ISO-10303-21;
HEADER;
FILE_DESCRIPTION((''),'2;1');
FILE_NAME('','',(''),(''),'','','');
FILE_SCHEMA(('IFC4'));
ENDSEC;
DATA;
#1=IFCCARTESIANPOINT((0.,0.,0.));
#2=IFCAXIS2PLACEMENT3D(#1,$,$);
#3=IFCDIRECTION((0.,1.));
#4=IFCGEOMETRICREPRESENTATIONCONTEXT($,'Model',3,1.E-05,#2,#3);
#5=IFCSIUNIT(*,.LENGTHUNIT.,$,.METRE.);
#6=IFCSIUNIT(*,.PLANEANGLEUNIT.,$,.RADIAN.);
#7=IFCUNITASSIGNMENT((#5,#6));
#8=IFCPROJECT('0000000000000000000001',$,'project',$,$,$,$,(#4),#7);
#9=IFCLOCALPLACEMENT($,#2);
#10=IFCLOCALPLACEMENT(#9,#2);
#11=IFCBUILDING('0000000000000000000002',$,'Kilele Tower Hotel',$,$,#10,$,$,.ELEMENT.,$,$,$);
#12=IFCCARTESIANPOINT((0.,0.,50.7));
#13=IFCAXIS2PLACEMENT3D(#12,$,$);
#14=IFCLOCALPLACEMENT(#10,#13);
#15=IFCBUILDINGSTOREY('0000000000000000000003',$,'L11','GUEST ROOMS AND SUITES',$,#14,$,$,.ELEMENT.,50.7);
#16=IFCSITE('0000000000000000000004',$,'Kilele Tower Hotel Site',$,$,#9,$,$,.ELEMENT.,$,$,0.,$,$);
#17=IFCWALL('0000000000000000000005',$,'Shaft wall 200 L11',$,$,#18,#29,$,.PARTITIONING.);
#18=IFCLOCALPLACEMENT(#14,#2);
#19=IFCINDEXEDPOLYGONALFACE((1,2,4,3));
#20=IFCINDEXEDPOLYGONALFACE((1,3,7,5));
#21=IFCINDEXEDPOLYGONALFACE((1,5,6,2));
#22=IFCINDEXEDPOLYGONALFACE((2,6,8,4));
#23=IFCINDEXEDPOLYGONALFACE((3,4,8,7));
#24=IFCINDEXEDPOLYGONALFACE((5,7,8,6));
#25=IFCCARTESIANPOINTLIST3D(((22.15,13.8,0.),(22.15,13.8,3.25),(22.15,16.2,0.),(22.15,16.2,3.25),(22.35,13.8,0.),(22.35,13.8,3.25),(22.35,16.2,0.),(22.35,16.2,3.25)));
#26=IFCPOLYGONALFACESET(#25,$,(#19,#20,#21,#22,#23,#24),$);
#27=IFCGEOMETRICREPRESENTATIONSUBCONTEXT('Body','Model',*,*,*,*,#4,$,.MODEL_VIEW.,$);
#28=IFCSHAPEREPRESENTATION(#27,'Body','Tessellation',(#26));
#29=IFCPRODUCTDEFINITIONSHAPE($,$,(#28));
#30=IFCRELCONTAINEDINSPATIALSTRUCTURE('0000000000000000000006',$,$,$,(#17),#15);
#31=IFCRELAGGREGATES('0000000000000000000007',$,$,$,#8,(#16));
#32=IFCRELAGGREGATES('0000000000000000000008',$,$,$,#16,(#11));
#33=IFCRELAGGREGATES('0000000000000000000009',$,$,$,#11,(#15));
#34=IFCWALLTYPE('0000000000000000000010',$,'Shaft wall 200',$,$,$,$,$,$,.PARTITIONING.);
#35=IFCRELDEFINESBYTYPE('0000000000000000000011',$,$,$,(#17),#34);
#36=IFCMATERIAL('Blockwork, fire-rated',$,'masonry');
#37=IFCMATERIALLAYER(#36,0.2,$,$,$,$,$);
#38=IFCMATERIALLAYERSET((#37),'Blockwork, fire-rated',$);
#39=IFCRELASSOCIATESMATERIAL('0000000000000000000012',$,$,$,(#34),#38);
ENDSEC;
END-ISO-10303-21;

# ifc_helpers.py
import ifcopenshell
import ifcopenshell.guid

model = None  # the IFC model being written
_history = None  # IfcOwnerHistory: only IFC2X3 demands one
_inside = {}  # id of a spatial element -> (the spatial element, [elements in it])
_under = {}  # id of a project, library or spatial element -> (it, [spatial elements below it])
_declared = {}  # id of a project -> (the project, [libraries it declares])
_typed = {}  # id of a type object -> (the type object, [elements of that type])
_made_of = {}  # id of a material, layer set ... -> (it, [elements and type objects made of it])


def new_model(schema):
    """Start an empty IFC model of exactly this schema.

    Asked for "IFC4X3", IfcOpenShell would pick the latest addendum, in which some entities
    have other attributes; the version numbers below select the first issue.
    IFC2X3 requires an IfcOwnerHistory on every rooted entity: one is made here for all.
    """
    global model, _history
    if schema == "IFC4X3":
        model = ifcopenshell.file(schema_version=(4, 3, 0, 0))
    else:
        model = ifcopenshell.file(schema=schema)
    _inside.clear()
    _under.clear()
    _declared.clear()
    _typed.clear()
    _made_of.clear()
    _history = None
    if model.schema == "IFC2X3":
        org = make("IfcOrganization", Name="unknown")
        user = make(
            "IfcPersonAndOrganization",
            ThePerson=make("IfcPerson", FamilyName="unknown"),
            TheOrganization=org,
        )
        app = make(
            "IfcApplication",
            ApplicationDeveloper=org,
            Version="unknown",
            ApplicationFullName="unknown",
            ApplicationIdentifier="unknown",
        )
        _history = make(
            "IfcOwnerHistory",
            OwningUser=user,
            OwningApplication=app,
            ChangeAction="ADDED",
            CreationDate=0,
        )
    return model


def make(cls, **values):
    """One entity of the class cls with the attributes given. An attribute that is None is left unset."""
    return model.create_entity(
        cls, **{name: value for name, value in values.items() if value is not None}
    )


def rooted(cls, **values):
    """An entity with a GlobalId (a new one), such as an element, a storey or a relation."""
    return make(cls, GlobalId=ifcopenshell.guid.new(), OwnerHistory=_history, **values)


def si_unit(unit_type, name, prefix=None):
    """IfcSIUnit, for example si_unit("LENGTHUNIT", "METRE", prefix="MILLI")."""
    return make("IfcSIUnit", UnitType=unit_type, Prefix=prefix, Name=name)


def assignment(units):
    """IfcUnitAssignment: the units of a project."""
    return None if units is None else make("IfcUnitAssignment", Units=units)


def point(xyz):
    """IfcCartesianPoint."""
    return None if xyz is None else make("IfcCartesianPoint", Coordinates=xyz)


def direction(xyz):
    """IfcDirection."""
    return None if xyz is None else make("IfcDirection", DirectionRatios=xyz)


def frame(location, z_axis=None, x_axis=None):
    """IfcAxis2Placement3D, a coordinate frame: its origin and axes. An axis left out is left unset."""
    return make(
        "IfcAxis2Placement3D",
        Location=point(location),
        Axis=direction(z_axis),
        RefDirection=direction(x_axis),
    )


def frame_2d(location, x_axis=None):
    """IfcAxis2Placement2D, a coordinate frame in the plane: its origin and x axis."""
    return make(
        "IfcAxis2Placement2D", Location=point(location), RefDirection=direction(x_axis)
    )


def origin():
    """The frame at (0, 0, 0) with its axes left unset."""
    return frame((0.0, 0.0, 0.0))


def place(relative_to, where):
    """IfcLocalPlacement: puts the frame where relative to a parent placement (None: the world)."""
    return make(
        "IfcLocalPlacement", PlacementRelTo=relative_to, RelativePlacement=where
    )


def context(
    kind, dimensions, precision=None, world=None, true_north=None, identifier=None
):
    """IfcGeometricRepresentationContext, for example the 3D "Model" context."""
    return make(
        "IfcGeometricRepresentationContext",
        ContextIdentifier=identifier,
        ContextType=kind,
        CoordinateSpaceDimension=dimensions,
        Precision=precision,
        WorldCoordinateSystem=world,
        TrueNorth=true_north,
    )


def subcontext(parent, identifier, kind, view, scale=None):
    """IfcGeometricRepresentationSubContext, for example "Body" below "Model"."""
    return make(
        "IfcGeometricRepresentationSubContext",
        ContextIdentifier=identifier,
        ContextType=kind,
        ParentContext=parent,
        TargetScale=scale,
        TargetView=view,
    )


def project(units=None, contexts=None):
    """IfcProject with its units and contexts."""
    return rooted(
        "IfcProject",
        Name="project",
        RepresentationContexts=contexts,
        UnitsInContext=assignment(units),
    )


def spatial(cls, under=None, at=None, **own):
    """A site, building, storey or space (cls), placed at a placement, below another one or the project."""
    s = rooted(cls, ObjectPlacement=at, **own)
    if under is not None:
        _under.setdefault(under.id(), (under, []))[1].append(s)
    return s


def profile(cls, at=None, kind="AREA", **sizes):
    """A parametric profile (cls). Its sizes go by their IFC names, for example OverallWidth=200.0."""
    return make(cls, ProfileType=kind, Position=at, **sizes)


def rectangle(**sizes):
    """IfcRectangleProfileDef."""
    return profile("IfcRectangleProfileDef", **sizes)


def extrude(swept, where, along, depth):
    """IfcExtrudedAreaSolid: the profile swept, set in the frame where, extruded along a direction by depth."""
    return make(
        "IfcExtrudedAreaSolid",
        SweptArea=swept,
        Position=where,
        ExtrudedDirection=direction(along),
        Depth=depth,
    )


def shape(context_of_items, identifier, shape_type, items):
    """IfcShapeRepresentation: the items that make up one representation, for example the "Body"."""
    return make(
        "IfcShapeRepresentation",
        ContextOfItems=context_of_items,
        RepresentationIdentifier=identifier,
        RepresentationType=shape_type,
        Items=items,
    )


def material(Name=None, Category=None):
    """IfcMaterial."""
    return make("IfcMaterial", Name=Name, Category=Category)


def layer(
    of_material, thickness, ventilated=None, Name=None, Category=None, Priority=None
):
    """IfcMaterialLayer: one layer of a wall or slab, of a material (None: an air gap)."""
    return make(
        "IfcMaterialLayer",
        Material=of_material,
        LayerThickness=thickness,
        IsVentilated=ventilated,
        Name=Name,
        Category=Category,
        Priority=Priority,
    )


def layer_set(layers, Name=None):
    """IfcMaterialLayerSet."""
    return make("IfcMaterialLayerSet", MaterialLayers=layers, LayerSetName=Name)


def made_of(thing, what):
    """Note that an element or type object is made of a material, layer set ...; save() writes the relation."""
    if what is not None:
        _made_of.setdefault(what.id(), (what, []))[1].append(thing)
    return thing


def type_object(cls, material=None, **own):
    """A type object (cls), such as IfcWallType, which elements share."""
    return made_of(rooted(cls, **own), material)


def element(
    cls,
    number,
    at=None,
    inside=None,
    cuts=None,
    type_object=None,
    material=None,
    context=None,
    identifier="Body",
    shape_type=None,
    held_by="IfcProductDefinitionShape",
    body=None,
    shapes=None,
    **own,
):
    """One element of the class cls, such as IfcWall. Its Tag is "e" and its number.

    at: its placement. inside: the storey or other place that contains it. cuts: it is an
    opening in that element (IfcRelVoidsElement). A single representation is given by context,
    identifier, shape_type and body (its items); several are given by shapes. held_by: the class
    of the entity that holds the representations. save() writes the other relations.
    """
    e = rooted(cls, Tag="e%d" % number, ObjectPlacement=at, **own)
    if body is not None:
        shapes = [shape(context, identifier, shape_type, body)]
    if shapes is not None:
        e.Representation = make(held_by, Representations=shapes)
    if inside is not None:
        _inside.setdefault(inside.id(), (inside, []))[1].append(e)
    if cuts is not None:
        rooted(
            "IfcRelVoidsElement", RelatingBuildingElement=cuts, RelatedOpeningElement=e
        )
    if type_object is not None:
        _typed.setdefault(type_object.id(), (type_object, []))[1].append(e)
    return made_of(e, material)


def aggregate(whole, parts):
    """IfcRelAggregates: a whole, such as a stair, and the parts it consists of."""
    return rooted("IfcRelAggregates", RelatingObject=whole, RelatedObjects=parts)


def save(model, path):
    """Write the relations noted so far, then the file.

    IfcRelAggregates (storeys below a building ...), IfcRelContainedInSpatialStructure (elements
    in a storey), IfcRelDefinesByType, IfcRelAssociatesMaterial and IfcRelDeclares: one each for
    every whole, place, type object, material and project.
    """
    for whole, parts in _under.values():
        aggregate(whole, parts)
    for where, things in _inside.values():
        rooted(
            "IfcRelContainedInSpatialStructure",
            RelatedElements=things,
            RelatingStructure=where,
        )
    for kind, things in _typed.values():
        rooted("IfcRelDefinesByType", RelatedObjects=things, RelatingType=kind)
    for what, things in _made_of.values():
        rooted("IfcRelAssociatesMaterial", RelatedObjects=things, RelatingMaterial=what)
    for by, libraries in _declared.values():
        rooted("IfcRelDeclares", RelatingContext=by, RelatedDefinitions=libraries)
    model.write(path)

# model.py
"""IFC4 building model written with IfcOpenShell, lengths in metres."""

from ifc_helpers import new_model, si_unit, direction, frame, frame_2d, origin, place, context, subcontext, project, spatial, rectangle, extrude, material, layer, layer_set, type_object, element, save


model = new_model("IFC4")

# Units and contexts
model_context = context("Model", 3, precision=1e-05, world=origin(), true_north=direction((0.0, 1.0)))
body_context = subcontext(model_context, "Body", "Model", "MODEL_VIEW")
ifc_project = project(units=[si_unit("LENGTHUNIT", "METRE"), si_unit("PLANEANGLEUNIT", "RADIAN")], contexts=[model_context])

# Site, building, storey
site_placement = place(None, origin())
site = spatial("IfcSite", under=ifc_project, at=site_placement, Name="Kilele Tower Hotel Site", CompositionType="ELEMENT", RefElevation=0.0)
building_placement = place(site_placement, origin())
building = spatial("IfcBuilding", under=site, at=building_placement, Name="Kilele Tower Hotel", CompositionType="ELEMENT")
storey_placement = place(building_placement, frame((0.0, 0.0, 50.7)))
storey = spatial("IfcBuildingStorey", under=building, at=storey_placement, Name="L11", Description="GUEST ROOMS AND SUITES", CompositionType="ELEMENT", Elevation=50.7)

# Wall
ifc_material_1 = material(Name="Blockwork, fire-rated", Category="masonry")
ifc_layer_1 = layer(ifc_material_1, 0.2)
ifc_layer_set_1 = layer_set([ifc_layer_1], Name="Blockwork, fire-rated")
wall_type_1 = type_object("IfcWallType", Name="Shaft wall 200", PredefinedType="PARTITIONING", material=ifc_layer_set_1)
for number, where, z_axis, x_axis, name in (
    (1, (22.25, 13.8, 0.0), (0.0, 0.0, 1.0), (0.0, 1.0, 0.0), "Shaft wall 200 L11"),
):
    element("IfcWall", number, at=place(storey_placement, frame(where, z_axis=z_axis, x_axis=x_axis)), inside=storey, type_object=wall_type_1, Name=name, PredefinedType="PARTITIONING", context=body_context, shape_type="SweptSolid", body=[
        extrude(rectangle(XDim=2.3999, YDim=0.2, at=frame_2d((1.2, 0.0))), origin(), (0.0, 0.0, 1.0), 3.25),
    ])

save(model, "model.ifc")
